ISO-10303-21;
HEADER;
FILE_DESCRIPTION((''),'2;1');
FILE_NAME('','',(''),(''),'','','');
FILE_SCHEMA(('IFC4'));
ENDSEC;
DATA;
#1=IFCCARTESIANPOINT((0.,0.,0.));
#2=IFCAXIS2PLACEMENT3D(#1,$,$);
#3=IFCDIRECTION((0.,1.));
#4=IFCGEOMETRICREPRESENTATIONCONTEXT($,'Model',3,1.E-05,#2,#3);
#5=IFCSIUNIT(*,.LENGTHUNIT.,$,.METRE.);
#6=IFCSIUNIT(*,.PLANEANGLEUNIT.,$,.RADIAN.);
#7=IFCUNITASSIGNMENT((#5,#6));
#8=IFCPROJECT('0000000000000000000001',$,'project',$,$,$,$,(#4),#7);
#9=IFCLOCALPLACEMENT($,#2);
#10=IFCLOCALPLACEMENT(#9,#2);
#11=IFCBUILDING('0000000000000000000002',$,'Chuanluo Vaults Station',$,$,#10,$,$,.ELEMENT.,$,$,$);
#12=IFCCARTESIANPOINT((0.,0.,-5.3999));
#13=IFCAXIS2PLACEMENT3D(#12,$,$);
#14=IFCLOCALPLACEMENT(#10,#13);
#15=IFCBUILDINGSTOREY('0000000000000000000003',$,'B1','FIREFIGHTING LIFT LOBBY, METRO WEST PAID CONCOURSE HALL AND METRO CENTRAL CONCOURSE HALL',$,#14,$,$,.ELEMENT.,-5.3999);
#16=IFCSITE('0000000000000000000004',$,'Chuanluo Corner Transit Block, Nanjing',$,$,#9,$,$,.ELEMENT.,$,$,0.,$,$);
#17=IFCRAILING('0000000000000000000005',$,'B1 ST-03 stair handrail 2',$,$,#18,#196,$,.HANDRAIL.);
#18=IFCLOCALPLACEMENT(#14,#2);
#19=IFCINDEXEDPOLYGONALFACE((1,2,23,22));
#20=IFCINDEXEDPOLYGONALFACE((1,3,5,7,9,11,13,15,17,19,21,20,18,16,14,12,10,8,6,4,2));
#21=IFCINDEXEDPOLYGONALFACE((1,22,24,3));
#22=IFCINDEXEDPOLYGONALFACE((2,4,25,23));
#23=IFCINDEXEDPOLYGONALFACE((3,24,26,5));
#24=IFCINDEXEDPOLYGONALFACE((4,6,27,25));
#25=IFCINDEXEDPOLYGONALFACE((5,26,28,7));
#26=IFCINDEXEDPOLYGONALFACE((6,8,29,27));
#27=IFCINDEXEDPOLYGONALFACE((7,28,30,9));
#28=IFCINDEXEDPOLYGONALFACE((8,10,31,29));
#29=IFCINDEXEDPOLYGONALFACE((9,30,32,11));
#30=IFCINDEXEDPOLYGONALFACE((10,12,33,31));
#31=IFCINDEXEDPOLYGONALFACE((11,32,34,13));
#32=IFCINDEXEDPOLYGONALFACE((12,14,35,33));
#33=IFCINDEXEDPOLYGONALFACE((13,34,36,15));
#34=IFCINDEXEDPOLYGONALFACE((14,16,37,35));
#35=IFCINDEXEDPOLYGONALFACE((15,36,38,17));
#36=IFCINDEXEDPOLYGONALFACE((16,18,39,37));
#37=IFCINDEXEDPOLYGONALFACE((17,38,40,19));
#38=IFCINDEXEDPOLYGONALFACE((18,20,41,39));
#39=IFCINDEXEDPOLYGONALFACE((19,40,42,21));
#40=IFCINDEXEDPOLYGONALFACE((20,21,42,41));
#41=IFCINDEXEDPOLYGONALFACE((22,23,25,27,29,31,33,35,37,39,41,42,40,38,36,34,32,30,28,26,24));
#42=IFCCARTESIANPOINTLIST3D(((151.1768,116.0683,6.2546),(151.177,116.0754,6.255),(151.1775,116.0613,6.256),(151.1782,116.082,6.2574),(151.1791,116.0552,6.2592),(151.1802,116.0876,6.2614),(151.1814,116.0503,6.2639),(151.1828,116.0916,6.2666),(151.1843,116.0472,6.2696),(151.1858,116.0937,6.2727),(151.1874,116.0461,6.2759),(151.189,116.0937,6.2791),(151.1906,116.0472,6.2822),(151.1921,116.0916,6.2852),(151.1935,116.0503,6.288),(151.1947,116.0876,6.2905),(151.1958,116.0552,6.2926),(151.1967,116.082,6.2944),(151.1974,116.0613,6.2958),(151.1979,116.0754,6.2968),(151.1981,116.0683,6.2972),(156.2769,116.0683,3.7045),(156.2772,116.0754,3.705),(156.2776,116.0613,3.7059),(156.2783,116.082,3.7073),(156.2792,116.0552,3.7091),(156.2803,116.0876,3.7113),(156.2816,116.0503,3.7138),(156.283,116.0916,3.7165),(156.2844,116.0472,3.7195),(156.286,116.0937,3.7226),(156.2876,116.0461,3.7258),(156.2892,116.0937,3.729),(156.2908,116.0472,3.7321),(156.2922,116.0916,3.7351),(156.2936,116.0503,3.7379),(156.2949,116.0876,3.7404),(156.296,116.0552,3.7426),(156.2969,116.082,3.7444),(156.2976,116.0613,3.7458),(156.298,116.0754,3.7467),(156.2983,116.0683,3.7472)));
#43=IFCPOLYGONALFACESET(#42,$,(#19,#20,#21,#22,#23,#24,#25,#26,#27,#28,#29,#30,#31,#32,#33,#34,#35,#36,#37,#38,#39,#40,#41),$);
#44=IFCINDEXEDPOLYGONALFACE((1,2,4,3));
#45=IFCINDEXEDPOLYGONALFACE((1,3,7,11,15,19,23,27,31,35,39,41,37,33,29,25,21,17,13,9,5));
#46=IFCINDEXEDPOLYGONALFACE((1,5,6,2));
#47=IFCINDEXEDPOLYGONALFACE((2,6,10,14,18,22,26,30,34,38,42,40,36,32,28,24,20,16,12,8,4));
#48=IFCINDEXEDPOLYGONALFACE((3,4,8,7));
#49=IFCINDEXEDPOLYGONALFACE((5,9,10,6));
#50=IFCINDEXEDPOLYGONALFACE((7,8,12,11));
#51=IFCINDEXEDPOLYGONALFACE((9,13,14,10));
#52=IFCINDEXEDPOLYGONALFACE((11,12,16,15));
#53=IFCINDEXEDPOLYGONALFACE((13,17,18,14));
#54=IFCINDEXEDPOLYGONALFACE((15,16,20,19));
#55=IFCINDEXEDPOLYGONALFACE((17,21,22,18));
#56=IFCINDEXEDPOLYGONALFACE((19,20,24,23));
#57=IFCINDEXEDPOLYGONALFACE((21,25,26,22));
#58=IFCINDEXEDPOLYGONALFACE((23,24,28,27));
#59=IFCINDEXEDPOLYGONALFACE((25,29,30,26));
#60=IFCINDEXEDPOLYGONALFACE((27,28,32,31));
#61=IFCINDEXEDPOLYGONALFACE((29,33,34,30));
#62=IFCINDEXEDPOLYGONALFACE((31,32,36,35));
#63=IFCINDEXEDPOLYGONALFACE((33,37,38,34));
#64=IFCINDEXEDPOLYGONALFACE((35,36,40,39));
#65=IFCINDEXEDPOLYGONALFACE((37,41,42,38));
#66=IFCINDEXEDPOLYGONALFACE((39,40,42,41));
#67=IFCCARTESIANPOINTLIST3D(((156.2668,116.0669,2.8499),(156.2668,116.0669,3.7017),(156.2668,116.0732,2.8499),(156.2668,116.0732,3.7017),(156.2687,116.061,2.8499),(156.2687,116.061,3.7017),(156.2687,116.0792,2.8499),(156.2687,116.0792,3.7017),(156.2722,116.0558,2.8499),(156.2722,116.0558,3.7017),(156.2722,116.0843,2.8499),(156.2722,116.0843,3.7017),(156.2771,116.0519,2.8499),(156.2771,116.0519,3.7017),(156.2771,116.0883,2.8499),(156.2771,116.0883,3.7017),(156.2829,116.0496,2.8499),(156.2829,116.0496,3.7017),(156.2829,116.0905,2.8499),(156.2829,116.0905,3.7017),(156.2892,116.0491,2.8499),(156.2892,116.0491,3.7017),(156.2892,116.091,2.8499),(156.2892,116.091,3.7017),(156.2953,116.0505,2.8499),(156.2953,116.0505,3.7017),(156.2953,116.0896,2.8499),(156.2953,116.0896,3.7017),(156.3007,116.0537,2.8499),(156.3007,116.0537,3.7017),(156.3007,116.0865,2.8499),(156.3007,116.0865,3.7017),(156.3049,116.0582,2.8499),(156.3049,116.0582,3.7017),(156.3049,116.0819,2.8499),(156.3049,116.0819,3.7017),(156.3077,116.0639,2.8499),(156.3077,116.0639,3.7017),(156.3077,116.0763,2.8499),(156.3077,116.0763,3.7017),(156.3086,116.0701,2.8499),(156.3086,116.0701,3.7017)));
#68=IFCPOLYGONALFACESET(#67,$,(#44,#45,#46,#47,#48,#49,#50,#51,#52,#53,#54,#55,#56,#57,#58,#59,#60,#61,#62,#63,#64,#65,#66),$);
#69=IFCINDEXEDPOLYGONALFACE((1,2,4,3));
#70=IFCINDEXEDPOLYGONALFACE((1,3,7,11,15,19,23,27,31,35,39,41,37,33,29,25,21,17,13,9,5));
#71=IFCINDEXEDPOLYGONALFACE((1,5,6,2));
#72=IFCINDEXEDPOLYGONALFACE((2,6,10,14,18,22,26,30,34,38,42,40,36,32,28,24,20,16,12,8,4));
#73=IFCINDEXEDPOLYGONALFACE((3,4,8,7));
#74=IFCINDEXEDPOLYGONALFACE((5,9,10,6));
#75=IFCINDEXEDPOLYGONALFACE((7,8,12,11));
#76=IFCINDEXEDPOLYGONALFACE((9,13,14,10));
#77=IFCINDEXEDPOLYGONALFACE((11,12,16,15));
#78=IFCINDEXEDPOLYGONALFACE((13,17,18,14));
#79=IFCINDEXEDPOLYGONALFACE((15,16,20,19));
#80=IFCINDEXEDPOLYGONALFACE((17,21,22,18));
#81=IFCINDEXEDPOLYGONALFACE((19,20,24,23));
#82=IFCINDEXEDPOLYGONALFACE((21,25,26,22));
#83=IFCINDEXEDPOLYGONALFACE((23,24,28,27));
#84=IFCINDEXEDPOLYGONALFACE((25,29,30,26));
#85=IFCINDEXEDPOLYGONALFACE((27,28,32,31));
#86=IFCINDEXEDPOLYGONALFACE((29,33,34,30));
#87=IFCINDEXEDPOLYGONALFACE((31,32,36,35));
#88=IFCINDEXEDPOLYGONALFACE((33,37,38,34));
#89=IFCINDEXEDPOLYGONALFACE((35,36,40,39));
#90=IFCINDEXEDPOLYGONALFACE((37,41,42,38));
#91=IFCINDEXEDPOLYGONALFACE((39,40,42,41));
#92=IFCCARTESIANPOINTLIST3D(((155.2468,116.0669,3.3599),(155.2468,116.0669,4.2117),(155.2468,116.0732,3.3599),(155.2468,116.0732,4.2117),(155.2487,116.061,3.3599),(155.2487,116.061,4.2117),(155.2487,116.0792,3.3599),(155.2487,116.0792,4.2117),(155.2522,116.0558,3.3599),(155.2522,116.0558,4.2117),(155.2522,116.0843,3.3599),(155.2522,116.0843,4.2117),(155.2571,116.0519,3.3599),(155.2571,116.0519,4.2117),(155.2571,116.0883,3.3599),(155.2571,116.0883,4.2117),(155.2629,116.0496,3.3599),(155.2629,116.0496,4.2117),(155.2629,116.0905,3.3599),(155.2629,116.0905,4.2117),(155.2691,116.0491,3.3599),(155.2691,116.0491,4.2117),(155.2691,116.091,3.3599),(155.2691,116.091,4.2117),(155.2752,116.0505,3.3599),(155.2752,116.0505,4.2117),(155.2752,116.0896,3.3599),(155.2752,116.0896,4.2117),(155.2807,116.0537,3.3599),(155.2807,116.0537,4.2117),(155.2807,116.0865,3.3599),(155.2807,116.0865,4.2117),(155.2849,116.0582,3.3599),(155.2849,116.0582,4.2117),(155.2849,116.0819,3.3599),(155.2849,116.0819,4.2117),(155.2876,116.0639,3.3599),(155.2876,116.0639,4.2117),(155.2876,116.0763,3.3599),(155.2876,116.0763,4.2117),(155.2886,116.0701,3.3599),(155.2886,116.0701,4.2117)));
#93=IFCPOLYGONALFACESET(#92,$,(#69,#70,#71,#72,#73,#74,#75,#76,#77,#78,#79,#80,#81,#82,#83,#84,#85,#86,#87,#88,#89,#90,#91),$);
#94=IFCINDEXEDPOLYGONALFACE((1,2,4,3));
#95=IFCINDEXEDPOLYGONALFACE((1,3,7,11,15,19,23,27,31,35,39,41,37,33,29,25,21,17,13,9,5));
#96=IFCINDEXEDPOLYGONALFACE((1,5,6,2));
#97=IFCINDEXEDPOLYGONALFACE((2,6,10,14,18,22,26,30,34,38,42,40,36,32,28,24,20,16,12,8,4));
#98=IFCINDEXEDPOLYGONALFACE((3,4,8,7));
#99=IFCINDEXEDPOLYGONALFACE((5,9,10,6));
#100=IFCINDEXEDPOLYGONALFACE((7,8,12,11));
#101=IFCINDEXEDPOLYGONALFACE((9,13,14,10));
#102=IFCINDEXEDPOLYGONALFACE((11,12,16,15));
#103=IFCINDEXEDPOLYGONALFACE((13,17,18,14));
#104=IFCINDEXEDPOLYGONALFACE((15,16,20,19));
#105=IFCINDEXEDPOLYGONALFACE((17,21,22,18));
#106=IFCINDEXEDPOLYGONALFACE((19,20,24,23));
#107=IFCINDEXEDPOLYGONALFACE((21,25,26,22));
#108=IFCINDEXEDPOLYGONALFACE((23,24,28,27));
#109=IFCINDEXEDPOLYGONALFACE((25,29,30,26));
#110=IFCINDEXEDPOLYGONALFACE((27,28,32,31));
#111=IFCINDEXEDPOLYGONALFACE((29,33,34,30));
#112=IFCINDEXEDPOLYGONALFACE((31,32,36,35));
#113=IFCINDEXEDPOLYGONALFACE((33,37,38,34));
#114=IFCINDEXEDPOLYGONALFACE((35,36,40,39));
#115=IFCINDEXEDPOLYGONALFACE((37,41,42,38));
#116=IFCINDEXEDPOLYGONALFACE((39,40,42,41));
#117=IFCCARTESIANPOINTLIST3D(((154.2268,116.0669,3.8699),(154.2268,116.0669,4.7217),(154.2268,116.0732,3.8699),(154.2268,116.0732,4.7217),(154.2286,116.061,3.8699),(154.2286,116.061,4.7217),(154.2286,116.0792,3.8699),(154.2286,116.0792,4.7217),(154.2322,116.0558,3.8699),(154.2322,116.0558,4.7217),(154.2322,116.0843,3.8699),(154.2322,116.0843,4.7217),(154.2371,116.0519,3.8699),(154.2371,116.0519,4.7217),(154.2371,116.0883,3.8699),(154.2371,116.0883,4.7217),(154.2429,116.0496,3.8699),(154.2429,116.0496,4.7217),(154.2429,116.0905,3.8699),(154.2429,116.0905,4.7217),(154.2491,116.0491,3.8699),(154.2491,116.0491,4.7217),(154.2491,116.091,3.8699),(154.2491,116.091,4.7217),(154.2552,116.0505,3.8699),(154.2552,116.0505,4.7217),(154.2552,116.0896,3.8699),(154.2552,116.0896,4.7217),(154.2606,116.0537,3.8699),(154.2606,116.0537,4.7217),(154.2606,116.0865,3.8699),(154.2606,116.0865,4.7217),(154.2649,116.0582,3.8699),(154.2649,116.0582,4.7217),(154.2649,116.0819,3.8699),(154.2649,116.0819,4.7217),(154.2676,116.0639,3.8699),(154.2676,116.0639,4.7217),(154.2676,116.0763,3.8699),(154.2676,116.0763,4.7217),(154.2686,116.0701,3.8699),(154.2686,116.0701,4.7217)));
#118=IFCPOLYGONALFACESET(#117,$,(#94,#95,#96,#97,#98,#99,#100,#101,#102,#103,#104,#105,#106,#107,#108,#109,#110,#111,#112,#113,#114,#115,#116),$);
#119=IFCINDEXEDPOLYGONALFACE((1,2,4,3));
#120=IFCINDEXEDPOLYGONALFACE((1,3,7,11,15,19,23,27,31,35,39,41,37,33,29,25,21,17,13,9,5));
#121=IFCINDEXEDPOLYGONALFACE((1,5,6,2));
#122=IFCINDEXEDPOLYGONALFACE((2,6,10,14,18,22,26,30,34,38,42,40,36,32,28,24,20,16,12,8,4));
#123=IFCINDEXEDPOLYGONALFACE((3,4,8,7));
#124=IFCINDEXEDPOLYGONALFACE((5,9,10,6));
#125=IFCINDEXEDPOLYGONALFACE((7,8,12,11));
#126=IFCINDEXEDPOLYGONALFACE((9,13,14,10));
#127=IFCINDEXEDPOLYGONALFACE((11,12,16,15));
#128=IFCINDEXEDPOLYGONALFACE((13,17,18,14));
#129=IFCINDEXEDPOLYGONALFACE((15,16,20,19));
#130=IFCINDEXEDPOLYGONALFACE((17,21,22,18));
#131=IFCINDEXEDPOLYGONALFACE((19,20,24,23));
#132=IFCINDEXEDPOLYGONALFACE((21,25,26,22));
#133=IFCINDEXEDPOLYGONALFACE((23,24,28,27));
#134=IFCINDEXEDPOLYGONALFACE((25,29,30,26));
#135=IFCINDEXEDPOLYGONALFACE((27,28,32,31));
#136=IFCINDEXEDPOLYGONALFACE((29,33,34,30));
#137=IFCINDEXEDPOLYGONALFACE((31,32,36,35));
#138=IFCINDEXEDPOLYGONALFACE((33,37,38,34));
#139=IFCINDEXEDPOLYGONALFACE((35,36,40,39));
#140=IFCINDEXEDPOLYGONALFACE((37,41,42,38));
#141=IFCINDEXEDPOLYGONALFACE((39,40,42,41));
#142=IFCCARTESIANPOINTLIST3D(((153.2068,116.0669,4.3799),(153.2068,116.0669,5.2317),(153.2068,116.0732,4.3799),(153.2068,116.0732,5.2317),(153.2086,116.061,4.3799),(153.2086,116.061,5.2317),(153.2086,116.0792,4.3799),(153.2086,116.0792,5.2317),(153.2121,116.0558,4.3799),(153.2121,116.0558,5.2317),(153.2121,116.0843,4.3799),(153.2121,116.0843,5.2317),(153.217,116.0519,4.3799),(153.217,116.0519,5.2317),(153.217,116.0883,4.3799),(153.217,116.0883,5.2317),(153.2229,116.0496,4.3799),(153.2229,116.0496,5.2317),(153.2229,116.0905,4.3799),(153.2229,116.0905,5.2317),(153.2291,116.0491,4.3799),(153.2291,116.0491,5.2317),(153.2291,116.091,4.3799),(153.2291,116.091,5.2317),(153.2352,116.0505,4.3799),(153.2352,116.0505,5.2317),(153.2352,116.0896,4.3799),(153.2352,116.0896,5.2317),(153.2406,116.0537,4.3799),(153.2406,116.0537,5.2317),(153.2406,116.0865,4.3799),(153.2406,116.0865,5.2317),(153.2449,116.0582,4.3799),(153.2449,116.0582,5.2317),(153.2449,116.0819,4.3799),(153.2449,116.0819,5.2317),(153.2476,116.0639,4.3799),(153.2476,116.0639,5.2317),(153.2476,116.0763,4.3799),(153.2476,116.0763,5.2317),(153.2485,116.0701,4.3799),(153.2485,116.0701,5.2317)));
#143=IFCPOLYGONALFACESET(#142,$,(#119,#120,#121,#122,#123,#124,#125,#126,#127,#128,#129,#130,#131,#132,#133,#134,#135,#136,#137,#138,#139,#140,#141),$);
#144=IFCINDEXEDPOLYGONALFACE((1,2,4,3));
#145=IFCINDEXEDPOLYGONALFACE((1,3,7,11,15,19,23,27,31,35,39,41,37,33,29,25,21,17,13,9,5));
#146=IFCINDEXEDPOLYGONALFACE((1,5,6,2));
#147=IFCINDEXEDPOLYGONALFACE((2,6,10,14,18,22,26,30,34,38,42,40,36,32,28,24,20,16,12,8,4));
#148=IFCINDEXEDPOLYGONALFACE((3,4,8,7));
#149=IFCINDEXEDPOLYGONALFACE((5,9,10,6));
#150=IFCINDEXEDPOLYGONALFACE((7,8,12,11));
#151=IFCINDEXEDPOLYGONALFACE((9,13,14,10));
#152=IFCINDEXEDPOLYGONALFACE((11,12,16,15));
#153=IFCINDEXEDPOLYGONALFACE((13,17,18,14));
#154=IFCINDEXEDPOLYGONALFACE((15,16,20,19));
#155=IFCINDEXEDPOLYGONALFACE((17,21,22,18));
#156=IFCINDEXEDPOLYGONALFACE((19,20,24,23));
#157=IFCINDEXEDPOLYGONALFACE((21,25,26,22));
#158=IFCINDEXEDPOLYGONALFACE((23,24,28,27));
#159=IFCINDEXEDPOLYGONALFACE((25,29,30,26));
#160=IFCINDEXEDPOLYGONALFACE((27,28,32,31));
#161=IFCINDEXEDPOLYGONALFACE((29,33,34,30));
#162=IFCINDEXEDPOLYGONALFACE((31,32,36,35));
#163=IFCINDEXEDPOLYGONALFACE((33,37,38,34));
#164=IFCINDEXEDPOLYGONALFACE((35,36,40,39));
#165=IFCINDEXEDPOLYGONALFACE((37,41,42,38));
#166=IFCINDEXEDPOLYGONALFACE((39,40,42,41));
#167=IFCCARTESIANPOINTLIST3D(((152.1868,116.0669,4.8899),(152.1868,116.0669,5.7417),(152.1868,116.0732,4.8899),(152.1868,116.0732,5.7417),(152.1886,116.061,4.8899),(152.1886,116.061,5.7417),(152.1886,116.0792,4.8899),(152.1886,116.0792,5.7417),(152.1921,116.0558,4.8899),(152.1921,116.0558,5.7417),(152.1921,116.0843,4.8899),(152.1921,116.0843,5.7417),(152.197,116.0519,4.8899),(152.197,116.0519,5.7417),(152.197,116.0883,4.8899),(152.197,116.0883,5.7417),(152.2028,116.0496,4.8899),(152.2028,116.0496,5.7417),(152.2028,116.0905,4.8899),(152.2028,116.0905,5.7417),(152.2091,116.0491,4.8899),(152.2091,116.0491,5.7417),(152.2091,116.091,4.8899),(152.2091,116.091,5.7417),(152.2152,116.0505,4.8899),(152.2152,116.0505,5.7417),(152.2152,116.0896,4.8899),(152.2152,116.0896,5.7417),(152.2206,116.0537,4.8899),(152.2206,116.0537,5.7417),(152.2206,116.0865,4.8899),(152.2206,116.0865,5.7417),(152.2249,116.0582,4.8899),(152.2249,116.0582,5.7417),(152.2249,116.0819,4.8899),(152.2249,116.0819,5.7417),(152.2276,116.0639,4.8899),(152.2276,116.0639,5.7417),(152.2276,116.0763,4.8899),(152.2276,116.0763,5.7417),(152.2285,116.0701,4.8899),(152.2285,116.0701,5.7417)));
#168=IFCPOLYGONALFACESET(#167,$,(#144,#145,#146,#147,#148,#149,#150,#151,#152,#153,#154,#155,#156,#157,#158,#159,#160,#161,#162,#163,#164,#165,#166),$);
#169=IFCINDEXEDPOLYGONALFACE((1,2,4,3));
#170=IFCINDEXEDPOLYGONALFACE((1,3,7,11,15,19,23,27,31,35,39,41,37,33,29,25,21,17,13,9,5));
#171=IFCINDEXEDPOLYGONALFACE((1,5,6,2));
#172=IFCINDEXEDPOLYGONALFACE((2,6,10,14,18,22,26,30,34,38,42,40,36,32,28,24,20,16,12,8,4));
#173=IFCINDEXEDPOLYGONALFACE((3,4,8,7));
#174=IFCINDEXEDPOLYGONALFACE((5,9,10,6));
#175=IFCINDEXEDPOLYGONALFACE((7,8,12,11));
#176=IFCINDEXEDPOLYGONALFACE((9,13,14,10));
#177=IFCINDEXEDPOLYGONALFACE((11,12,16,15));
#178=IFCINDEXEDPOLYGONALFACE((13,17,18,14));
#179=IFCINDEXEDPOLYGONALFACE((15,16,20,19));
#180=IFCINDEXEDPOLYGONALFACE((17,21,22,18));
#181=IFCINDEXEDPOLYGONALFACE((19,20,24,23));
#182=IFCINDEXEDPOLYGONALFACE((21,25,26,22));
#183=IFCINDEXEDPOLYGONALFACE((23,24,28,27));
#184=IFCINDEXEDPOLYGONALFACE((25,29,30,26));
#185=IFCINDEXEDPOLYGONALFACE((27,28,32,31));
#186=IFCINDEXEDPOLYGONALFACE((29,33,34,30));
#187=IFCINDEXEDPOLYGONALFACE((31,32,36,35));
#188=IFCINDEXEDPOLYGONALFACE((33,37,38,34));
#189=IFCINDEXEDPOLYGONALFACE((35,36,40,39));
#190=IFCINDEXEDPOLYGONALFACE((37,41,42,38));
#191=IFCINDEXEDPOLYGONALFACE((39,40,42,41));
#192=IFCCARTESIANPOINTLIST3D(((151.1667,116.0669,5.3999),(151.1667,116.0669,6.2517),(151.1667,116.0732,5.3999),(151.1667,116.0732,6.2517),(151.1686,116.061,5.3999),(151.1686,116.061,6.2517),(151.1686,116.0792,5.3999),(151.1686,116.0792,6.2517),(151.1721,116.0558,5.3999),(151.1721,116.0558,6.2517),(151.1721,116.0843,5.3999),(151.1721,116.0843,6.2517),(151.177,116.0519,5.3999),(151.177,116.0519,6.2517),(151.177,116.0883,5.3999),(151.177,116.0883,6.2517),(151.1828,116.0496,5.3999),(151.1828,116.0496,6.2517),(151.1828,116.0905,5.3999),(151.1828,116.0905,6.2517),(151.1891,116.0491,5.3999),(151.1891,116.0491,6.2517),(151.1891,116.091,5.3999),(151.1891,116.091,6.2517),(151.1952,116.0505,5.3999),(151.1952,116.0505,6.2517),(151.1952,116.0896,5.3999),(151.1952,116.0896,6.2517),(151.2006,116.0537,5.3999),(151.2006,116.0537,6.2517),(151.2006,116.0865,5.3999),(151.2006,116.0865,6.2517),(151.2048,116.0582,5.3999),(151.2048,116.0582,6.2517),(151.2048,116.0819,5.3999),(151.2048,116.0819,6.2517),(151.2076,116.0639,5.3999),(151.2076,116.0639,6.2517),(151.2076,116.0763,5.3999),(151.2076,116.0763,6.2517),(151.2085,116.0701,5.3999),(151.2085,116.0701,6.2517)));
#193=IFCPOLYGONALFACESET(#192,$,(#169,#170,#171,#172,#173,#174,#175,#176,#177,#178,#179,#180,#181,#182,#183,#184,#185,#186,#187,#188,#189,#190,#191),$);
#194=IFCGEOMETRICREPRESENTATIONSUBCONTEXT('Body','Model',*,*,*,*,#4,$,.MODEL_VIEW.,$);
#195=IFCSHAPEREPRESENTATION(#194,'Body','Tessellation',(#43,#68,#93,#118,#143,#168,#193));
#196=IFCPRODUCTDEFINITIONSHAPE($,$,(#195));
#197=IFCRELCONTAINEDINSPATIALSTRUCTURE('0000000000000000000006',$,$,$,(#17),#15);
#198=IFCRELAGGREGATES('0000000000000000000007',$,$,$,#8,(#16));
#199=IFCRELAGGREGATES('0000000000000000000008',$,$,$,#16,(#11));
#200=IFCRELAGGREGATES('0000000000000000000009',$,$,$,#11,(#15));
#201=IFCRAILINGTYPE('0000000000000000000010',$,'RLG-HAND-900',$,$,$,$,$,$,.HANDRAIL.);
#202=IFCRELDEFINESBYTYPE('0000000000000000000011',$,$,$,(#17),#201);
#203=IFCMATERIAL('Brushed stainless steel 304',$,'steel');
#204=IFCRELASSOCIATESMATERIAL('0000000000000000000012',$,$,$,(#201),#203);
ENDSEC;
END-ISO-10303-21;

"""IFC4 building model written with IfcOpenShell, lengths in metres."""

from ifc_helpers import new_model, si_unit, direction, frame, origin, origin_2d, place, context, subcontext, project, spatial, circle, extrude, material, type_object, element, save


model = new_model("IFC4")

# Units and contexts
model_context = context("Model", 3, precision=1e-05, world=origin(), true_north=direction((0.0, 1.0)))
body_context = subcontext(model_context, "Body", "Model", "MODEL_VIEW")
ifc_project = project(units=[si_unit("LENGTHUNIT", "METRE"), si_unit("PLANEANGLEUNIT", "RADIAN")], contexts=[model_context])

# Site, building, storey
site_placement = place(None, origin())
site = spatial("IfcSite", under=ifc_project, at=site_placement, Name="Chuanluo Corner Transit Block, Nanjing", CompositionType="ELEMENT", RefElevation=0.0)
building_placement = place(site_placement, origin())
building = spatial("IfcBuilding", under=site, at=building_placement, Name="Chuanluo Vaults Station", CompositionType="ELEMENT")
storey_placement = place(building_placement, frame((0.0, 0.0, -5.3999)))
storey = spatial("IfcBuildingStorey", under=building, at=storey_placement, Name="B1", Description="FIREFIGHTING LIFT LOBBY, METRO WEST PAID CONCOURSE HALL AND METRO CENTRAL CONCOURSE HALL", CompositionType="ELEMENT", Elevation=-5.3999)

# Railing
ifc_material_1 = material(Name="Brushed stainless steel 304", Category="steel")
railing_type_1 = type_object("IfcRailingType", Name="RLG-HAND-900", PredefinedType="HANDRAIL", material=ifc_material_1)
railing_1_placement = place(storey_placement, frame((156.2876, 116.0701, 2.8499)))
element("IfcRailing", 1, at=railing_1_placement, inside=storey, type_object=railing_type_1, Name="B1 ST-03 stair handrail 2", PredefinedType="HANDRAIL", context=body_context, shape_type="SweptSolid", body=[
    extrude(circle(Radius=0.0239, at=origin_2d()), frame((0.0, 0.0, 0.876), z_axis=(-0.894427, 0.0, 0.447214), x_axis=(0.0, -1.0, 0.0)), (0.0, 0.0, 1.0), 5.7021),
    extrude(circle(Radius=0.021, at=origin_2d()), origin(), (0.0, 0.0, 1.0), 0.8518),
    extrude(circle(Radius=0.021, at=origin_2d()), frame((-1.02, 0.0, 0.51)), (0.0, 0.0, 1.0), 0.8518),
    extrude(circle(Radius=0.021, at=origin_2d()), frame((-2.04, 0.0, 1.02)), (0.0, 0.0, 1.0), 0.8518),
    extrude(circle(Radius=0.021, at=origin_2d()), frame((-3.0601, 0.0, 1.53)), (0.0, 0.0, 1.0), 0.8518),
    extrude(circle(Radius=0.021, at=origin_2d()), frame((-4.0801, 0.0, 2.04)), (0.0, 0.0, 1.0), 0.8518),
    extrude(circle(Radius=0.021, at=origin_2d()), frame((-5.1001, 0.0, 2.55)), (0.0, 0.0, 1.0), 0.8518),
])

save(model, "model.ifc")
